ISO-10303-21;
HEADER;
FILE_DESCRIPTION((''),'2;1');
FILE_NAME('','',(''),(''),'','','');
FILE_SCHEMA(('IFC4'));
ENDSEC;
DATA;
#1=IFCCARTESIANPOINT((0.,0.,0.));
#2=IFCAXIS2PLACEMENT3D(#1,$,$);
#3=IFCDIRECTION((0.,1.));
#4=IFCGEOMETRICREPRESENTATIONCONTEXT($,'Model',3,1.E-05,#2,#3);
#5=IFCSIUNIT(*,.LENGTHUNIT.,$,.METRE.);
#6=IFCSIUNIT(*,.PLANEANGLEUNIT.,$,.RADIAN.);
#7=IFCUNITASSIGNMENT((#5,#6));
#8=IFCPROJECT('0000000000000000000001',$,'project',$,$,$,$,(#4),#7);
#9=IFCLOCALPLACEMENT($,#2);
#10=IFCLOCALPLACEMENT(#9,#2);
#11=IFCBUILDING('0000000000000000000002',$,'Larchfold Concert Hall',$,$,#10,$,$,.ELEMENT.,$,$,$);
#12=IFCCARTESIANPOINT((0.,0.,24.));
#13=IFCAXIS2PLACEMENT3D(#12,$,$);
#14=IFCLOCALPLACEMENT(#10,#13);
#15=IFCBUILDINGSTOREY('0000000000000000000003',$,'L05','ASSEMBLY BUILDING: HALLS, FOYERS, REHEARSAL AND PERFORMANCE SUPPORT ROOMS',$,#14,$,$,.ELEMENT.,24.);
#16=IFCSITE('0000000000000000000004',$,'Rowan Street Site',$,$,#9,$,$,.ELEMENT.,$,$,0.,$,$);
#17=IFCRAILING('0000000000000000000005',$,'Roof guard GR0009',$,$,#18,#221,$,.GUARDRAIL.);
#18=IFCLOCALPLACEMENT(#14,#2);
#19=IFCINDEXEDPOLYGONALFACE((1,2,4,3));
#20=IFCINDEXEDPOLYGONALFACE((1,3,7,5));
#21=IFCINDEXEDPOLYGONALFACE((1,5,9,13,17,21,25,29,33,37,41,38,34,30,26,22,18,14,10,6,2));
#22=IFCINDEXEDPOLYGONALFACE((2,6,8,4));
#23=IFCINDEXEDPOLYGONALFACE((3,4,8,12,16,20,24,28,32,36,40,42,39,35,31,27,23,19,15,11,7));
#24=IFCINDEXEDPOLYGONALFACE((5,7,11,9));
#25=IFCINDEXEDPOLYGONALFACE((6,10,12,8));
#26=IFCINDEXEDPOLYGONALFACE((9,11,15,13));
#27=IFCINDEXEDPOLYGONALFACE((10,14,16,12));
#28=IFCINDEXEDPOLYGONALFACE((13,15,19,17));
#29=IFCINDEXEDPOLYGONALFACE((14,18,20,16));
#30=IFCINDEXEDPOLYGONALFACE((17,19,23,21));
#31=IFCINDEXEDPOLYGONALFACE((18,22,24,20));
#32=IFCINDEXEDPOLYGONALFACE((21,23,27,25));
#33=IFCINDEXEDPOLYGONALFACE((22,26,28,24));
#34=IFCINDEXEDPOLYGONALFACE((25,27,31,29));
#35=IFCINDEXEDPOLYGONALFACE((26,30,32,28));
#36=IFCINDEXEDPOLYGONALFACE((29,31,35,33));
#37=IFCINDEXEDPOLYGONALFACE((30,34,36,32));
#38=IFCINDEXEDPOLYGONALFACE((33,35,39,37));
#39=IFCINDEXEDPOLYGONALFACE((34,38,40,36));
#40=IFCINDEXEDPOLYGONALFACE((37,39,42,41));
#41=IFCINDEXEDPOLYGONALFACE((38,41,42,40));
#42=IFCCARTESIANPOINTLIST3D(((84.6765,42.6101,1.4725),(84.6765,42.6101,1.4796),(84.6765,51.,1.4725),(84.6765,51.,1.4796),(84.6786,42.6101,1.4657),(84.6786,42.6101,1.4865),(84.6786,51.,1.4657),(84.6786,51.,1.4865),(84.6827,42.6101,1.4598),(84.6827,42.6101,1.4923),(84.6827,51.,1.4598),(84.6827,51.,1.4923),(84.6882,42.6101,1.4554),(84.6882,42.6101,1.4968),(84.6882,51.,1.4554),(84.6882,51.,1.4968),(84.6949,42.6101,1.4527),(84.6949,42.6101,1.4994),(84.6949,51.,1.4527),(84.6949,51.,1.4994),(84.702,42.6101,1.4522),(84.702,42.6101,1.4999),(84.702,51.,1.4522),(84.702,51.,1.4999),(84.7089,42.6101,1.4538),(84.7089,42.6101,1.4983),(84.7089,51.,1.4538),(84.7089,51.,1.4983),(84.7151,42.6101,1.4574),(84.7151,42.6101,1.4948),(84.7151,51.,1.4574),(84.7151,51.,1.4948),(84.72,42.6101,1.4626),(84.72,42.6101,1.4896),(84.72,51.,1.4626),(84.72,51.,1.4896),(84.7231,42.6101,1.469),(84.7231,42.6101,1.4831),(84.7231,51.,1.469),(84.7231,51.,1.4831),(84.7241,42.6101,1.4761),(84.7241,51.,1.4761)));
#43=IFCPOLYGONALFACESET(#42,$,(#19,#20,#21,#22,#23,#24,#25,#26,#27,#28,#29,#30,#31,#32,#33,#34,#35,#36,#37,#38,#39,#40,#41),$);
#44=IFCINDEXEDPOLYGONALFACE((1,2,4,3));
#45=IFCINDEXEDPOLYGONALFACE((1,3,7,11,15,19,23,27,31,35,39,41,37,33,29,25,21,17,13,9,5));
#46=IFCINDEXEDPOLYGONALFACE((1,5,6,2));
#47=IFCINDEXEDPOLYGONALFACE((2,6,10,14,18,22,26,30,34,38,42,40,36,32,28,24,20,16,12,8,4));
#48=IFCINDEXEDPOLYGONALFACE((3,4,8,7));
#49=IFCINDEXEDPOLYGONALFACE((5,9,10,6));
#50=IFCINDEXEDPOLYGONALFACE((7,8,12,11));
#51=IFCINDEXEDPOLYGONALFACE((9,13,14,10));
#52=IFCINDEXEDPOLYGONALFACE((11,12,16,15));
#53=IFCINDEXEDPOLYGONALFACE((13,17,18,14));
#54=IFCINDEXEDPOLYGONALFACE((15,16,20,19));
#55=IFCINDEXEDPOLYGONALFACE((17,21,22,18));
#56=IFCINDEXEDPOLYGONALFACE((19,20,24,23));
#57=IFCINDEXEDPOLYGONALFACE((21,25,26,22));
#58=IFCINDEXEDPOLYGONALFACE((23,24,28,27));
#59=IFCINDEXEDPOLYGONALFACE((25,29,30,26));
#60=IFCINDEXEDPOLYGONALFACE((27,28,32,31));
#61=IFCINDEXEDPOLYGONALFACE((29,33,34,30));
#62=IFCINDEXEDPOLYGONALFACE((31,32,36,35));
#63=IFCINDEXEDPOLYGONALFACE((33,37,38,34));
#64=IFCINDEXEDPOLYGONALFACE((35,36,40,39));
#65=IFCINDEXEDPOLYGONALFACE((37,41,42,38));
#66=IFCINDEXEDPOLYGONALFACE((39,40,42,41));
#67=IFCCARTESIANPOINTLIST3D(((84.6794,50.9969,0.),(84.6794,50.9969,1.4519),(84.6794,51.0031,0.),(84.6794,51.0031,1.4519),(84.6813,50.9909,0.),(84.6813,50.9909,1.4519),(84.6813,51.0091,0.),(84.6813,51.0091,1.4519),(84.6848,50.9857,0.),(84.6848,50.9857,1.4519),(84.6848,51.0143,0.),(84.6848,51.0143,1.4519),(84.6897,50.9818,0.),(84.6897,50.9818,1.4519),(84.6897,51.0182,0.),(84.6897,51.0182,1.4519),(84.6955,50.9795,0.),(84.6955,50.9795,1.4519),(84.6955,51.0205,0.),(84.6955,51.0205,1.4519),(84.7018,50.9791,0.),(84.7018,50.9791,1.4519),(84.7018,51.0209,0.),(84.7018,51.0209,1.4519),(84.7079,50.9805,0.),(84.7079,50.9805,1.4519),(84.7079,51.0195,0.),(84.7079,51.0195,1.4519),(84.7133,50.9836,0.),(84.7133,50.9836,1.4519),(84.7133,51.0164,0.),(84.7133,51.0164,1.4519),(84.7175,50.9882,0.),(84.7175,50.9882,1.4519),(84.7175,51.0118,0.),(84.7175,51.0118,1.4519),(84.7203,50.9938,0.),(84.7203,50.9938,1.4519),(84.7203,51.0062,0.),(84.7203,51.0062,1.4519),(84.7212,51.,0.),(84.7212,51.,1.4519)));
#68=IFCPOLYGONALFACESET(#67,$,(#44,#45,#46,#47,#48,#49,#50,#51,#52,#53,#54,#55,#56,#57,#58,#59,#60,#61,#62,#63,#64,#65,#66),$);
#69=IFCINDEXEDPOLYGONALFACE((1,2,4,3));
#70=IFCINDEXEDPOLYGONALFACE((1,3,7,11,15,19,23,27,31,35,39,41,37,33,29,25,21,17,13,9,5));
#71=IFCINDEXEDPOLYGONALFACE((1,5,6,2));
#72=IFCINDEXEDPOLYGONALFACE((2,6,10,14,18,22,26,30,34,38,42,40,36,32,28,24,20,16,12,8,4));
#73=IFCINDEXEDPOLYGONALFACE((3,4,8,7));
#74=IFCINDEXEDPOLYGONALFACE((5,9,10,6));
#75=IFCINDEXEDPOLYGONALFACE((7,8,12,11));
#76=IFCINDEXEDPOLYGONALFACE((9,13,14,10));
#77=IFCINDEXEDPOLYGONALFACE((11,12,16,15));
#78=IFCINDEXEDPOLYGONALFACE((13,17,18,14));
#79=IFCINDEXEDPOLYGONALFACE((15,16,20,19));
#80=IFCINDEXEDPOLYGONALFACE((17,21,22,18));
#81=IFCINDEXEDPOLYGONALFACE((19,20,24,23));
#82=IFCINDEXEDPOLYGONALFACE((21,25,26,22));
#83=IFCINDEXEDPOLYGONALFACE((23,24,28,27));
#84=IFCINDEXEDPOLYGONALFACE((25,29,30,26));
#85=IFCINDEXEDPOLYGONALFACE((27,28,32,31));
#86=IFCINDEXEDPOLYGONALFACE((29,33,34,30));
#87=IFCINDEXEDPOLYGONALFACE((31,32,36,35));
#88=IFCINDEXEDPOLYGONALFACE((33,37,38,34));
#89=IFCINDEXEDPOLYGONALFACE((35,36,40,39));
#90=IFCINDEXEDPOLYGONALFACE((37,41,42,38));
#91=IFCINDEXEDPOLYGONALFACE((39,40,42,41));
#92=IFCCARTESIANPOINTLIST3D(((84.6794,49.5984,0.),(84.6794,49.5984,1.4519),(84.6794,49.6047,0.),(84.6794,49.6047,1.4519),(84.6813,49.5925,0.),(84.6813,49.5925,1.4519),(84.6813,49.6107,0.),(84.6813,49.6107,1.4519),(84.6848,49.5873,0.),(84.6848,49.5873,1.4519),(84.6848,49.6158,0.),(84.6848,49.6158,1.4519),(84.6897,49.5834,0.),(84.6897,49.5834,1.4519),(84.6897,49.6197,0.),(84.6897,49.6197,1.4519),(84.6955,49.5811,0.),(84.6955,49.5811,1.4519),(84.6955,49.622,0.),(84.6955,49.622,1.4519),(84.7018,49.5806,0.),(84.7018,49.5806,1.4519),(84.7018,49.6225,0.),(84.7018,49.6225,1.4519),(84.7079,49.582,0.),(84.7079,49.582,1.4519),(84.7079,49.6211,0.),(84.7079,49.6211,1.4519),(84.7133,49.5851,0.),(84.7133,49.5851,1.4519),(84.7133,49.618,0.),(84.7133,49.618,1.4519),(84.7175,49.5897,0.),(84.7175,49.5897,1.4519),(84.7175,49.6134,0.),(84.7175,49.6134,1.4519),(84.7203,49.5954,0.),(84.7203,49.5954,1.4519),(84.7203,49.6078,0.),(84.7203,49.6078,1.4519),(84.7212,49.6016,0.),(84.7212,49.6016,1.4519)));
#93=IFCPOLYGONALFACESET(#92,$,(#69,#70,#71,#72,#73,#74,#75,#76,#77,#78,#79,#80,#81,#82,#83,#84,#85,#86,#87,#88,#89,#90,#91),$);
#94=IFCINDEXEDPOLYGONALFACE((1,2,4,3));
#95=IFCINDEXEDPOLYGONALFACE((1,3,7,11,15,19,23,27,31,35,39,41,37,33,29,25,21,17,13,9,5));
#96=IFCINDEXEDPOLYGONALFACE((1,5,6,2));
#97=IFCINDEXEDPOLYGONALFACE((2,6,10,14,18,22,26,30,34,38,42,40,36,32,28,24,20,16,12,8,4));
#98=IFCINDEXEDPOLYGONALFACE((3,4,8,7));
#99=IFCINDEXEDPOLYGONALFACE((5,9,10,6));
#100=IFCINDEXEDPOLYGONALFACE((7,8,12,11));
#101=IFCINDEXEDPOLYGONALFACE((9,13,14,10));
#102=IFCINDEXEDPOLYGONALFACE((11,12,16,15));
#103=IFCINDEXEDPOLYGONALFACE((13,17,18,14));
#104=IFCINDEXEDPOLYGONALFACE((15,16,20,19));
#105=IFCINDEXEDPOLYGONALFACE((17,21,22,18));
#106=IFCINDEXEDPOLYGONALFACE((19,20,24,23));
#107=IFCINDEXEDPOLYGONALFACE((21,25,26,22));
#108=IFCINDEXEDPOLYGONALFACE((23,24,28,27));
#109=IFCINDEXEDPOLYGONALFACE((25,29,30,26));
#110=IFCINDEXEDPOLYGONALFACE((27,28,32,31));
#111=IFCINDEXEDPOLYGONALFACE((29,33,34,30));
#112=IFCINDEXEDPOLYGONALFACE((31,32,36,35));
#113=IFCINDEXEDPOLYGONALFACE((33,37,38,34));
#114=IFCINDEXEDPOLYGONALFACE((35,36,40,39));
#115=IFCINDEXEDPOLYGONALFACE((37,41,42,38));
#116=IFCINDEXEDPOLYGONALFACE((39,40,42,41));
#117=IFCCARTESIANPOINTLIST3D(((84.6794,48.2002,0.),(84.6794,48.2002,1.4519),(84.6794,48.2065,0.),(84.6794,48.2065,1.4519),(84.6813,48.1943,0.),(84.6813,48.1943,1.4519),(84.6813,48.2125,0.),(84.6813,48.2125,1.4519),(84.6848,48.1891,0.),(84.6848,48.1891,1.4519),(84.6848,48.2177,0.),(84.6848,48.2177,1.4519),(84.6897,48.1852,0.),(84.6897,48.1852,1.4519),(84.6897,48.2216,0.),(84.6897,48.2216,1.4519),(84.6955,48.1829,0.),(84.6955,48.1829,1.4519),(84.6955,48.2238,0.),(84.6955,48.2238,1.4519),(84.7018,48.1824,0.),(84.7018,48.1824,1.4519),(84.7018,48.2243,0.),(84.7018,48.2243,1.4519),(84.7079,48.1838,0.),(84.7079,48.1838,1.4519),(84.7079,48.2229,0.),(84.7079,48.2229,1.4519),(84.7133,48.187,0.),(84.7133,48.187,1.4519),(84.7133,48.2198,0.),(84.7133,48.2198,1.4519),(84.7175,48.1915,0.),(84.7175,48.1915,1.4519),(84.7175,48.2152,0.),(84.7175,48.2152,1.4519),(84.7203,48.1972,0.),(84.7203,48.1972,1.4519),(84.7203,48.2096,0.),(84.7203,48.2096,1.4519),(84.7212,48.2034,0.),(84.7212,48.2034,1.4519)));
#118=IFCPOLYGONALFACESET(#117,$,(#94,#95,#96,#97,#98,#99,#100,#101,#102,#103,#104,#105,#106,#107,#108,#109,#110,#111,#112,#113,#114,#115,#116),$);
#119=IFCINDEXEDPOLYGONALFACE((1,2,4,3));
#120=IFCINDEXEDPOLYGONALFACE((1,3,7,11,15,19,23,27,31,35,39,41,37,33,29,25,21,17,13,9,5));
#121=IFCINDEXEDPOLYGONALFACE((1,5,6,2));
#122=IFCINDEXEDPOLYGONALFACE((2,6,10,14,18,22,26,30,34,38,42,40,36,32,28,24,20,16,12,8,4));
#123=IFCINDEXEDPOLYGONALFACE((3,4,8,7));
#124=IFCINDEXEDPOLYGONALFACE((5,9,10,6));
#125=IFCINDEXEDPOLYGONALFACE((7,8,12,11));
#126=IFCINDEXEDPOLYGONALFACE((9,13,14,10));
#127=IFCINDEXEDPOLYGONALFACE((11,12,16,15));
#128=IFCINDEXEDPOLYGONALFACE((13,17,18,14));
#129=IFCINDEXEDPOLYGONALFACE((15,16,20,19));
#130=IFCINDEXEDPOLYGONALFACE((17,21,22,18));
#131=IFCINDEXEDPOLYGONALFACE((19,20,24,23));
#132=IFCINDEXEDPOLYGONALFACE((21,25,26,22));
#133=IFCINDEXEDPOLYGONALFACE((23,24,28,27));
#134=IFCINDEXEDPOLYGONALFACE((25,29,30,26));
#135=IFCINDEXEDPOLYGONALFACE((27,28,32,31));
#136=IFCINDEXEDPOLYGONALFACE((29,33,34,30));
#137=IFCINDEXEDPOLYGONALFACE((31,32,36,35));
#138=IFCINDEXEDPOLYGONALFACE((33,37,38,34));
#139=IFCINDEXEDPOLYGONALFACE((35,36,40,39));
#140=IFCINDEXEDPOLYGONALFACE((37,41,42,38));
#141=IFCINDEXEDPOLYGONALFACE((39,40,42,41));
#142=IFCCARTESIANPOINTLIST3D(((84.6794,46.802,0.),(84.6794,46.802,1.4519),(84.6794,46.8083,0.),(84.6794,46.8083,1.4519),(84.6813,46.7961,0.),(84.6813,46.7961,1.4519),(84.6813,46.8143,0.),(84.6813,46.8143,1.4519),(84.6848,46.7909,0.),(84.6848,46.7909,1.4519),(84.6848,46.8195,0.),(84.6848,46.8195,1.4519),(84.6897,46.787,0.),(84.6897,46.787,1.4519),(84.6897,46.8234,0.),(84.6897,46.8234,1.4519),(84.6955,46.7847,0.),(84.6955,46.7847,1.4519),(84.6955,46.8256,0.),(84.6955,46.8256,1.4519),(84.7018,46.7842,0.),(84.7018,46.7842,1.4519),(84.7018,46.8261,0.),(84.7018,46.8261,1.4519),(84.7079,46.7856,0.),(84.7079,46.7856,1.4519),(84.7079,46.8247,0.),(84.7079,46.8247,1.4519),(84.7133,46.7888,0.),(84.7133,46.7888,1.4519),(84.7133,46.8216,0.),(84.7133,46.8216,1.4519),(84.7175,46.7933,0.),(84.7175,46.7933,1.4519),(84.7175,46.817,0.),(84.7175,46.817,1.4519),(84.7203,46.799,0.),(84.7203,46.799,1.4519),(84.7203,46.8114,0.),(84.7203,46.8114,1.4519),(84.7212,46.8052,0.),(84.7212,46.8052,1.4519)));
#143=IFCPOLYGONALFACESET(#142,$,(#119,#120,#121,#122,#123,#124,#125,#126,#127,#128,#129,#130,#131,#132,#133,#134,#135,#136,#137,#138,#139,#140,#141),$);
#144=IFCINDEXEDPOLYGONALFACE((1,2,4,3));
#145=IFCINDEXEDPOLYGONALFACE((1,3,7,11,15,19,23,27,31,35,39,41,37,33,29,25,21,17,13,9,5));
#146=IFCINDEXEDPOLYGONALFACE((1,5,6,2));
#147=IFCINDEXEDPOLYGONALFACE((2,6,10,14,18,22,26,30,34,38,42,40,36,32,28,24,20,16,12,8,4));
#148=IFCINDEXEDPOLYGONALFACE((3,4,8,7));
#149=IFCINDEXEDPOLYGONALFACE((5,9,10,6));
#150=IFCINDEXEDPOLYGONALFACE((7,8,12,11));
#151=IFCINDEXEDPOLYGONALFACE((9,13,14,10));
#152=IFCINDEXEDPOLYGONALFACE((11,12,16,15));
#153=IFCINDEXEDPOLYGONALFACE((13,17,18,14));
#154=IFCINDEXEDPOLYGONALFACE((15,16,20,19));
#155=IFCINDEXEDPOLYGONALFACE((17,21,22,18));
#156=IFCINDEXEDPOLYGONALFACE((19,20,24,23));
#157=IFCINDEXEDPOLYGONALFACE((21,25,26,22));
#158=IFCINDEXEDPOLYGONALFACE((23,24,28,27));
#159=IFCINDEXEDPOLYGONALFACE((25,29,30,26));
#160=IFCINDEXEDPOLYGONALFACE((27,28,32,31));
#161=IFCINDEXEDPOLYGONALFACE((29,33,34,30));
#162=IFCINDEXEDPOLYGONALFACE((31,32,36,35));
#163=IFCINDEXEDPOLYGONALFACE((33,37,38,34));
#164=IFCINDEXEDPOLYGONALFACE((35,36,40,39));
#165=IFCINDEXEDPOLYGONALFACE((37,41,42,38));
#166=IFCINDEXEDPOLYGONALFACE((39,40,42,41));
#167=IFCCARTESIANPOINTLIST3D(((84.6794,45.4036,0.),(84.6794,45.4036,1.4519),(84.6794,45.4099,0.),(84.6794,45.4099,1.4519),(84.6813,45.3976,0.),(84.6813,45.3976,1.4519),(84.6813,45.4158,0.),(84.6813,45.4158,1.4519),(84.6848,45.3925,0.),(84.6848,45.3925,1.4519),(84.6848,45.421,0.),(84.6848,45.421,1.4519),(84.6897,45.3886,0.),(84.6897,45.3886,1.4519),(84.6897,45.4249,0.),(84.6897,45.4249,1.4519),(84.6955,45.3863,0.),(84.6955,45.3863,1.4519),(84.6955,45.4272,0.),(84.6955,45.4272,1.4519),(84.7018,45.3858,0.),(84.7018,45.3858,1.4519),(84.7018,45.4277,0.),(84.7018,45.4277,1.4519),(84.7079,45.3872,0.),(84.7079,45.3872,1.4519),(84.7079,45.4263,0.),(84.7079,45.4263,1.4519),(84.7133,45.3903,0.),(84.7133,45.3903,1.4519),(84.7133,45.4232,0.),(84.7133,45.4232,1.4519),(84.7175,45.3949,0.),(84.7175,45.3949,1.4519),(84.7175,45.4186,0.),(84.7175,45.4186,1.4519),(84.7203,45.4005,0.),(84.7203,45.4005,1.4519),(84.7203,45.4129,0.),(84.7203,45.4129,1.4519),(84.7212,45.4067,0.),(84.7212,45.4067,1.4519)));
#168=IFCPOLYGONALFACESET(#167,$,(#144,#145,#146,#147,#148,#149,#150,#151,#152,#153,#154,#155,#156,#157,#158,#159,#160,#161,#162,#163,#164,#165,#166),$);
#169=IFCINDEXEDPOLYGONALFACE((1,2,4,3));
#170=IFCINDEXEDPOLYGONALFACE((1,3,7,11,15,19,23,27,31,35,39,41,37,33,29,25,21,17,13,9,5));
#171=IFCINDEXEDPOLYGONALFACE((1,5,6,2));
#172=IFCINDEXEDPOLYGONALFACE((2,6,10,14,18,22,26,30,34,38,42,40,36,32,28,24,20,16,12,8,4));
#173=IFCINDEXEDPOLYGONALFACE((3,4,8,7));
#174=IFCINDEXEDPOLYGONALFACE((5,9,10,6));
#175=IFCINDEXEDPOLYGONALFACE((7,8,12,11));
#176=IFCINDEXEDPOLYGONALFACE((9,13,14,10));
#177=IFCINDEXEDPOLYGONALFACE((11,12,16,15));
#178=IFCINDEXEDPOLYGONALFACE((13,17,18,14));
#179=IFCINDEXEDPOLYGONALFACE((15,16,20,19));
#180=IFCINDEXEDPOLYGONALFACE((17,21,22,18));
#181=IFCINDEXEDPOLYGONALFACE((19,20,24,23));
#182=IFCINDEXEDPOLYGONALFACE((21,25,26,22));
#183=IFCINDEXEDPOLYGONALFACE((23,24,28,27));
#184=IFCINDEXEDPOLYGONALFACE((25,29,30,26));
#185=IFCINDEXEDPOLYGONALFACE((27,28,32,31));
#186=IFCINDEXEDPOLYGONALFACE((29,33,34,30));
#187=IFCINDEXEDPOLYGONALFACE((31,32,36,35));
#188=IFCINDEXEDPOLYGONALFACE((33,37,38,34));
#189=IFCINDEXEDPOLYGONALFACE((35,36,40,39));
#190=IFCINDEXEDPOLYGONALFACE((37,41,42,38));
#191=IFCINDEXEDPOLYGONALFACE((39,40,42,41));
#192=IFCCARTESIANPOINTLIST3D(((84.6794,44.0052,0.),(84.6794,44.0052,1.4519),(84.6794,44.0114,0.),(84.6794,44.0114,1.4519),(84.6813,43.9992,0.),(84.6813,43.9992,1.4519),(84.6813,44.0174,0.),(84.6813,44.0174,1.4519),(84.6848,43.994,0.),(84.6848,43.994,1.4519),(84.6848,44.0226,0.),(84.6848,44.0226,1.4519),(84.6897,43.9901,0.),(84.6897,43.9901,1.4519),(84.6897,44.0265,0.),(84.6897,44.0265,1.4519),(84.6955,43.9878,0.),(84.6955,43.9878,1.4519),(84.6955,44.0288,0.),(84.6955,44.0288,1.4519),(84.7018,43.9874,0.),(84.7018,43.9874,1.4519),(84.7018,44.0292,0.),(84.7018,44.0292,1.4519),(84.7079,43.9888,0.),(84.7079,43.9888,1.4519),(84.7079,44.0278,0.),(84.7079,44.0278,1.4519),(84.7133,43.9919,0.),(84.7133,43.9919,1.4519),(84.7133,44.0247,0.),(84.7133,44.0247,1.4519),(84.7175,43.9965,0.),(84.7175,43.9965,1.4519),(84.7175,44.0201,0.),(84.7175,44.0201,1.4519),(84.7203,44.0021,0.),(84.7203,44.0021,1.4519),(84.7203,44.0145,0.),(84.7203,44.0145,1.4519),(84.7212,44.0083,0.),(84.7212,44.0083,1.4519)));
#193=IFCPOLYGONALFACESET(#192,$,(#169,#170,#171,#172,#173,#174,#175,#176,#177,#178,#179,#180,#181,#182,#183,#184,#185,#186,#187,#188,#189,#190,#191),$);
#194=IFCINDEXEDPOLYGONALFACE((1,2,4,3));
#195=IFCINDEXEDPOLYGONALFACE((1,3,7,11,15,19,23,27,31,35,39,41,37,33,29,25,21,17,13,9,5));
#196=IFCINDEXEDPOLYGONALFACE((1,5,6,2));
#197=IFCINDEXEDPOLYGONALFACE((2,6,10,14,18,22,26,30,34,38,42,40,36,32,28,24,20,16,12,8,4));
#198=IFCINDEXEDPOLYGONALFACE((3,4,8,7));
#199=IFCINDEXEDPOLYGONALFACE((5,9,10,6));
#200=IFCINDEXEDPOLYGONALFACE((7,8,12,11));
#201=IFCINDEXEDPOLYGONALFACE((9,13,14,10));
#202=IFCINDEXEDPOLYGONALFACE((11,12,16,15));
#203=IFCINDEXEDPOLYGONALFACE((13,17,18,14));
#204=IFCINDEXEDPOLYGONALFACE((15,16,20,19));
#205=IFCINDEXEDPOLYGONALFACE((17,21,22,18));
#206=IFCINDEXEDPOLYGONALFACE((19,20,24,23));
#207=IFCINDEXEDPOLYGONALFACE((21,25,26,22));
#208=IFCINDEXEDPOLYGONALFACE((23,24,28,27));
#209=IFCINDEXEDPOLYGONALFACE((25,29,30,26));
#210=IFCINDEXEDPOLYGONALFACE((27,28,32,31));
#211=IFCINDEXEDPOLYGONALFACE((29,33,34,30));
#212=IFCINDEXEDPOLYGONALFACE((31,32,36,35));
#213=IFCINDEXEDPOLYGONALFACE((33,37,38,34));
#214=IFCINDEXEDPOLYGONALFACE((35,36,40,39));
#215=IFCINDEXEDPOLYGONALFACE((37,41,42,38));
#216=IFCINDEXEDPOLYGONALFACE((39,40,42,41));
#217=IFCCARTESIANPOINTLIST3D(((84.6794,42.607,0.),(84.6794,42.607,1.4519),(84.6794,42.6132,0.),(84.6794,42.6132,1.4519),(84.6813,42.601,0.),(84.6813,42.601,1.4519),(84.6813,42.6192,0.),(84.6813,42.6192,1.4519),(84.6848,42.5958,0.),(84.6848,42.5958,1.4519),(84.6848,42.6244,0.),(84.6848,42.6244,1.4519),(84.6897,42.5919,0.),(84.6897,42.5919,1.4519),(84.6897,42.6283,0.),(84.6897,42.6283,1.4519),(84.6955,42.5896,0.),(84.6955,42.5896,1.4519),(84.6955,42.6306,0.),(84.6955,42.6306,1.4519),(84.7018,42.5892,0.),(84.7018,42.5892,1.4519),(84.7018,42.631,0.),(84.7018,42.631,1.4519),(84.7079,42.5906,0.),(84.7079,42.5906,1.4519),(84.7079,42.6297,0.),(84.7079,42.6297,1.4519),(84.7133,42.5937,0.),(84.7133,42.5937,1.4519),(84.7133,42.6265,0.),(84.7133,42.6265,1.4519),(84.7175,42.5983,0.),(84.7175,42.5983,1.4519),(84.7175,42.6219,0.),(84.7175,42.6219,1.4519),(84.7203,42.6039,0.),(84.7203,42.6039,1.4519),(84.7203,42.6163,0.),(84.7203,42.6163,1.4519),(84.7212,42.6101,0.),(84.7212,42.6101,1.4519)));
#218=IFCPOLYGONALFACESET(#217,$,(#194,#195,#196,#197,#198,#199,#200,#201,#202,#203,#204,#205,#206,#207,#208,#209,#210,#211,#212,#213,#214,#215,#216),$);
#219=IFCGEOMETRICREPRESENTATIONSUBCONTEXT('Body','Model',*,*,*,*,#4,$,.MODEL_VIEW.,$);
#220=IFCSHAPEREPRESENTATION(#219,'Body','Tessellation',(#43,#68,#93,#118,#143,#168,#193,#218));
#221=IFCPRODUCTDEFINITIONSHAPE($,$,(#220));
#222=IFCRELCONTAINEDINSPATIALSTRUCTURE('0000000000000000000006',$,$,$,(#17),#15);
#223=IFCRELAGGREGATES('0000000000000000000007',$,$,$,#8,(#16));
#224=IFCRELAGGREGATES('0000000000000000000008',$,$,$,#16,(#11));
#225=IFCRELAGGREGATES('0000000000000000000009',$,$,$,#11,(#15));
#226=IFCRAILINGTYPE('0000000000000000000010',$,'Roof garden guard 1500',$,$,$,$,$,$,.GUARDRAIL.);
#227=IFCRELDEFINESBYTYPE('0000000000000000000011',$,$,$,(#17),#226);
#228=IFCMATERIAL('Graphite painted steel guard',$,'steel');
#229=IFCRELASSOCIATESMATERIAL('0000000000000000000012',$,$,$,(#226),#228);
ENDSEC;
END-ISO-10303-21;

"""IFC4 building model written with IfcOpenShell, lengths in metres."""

from ifc_helpers import new_model, si_unit, direction, frame, origin, origin_2d, place, context, subcontext, project, spatial, circle, extrude, material, type_object, element, save


model = new_model("IFC4")

# Units and contexts
model_context = context("Model", 3, precision=1e-05, world=origin(), true_north=direction((0.0, 1.0)))
body_context = subcontext(model_context, "Body", "Model", "MODEL_VIEW")
ifc_project = project(units=[si_unit("LENGTHUNIT", "METRE"), si_unit("PLANEANGLEUNIT", "RADIAN")], contexts=[model_context])

# Site, building, storey
site_placement = place(None, origin())
site = spatial("IfcSite", under=ifc_project, at=site_placement, Name="Rowan Street Site", CompositionType="ELEMENT", RefElevation=0.0)
building_placement = place(site_placement, origin())
building = spatial("IfcBuilding", under=site, at=building_placement, Name="Larchfold Concert Hall", CompositionType="ELEMENT")
storey_placement = place(building_placement, frame((0.0, 0.0, 24.0)))
storey = spatial("IfcBuildingStorey", under=building, at=storey_placement, Name="L05", Description="ASSEMBLY BUILDING: HALLS, FOYERS, REHEARSAL AND PERFORMANCE SUPPORT ROOMS", CompositionType="ELEMENT", Elevation=24.0)

# Railing
ifc_material_1 = material(Name="Graphite painted steel guard", Category="steel")
railing_type = type_object("IfcRailingType", Name="Roof garden guard 1500", PredefinedType="GUARDRAIL", material=ifc_material_1)
railing_placement = place(storey_placement, frame((84.7002, 51.0, 0.0)))
element("IfcRailing", 1, at=railing_placement, inside=storey, type_object=railing_type, Name="Roof guard GR0009", PredefinedType="GUARDRAIL", context=body_context, shape_type="SweptSolid", body=[
    extrude(circle(Radius=0.0239, at=origin_2d()), frame((0.0, 0.0, 1.4761), z_axis=(0.0, -1.0, 0.0), x_axis=(1.0, 0.0, 0.0)), (0.0, 0.0, 1.0), 8.3899),
    extrude(circle(Radius=0.021, at=origin_2d()), origin(), (0.0, 0.0, 1.0), 1.4519),
    extrude(circle(Radius=0.021, at=origin_2d()), frame((0.0, -1.3984, 0.0)), (0.0, 0.0, 1.0), 1.4519),
    extrude(circle(Radius=0.021, at=origin_2d()), frame((0.0, -2.7966, 0.0)), (0.0, 0.0, 1.0), 1.4519),
    extrude(circle(Radius=0.021, at=origin_2d()), frame((0.0, -4.1948, 0.0)), (0.0, 0.0, 1.0), 1.4519),
    extrude(circle(Radius=0.021, at=origin_2d()), frame((0.0, -5.5933, 0.0)), (0.0, 0.0, 1.0), 1.4519),
    extrude(circle(Radius=0.021, at=origin_2d()), frame((0.0, -6.9917, 0.0)), (0.0, 0.0, 1.0), 1.4519),
    extrude(circle(Radius=0.021, at=origin_2d()), frame((0.0, -8.3899, 0.0)), (0.0, 0.0, 1.0), 1.4519),
])

save(model, "model.ifc")
